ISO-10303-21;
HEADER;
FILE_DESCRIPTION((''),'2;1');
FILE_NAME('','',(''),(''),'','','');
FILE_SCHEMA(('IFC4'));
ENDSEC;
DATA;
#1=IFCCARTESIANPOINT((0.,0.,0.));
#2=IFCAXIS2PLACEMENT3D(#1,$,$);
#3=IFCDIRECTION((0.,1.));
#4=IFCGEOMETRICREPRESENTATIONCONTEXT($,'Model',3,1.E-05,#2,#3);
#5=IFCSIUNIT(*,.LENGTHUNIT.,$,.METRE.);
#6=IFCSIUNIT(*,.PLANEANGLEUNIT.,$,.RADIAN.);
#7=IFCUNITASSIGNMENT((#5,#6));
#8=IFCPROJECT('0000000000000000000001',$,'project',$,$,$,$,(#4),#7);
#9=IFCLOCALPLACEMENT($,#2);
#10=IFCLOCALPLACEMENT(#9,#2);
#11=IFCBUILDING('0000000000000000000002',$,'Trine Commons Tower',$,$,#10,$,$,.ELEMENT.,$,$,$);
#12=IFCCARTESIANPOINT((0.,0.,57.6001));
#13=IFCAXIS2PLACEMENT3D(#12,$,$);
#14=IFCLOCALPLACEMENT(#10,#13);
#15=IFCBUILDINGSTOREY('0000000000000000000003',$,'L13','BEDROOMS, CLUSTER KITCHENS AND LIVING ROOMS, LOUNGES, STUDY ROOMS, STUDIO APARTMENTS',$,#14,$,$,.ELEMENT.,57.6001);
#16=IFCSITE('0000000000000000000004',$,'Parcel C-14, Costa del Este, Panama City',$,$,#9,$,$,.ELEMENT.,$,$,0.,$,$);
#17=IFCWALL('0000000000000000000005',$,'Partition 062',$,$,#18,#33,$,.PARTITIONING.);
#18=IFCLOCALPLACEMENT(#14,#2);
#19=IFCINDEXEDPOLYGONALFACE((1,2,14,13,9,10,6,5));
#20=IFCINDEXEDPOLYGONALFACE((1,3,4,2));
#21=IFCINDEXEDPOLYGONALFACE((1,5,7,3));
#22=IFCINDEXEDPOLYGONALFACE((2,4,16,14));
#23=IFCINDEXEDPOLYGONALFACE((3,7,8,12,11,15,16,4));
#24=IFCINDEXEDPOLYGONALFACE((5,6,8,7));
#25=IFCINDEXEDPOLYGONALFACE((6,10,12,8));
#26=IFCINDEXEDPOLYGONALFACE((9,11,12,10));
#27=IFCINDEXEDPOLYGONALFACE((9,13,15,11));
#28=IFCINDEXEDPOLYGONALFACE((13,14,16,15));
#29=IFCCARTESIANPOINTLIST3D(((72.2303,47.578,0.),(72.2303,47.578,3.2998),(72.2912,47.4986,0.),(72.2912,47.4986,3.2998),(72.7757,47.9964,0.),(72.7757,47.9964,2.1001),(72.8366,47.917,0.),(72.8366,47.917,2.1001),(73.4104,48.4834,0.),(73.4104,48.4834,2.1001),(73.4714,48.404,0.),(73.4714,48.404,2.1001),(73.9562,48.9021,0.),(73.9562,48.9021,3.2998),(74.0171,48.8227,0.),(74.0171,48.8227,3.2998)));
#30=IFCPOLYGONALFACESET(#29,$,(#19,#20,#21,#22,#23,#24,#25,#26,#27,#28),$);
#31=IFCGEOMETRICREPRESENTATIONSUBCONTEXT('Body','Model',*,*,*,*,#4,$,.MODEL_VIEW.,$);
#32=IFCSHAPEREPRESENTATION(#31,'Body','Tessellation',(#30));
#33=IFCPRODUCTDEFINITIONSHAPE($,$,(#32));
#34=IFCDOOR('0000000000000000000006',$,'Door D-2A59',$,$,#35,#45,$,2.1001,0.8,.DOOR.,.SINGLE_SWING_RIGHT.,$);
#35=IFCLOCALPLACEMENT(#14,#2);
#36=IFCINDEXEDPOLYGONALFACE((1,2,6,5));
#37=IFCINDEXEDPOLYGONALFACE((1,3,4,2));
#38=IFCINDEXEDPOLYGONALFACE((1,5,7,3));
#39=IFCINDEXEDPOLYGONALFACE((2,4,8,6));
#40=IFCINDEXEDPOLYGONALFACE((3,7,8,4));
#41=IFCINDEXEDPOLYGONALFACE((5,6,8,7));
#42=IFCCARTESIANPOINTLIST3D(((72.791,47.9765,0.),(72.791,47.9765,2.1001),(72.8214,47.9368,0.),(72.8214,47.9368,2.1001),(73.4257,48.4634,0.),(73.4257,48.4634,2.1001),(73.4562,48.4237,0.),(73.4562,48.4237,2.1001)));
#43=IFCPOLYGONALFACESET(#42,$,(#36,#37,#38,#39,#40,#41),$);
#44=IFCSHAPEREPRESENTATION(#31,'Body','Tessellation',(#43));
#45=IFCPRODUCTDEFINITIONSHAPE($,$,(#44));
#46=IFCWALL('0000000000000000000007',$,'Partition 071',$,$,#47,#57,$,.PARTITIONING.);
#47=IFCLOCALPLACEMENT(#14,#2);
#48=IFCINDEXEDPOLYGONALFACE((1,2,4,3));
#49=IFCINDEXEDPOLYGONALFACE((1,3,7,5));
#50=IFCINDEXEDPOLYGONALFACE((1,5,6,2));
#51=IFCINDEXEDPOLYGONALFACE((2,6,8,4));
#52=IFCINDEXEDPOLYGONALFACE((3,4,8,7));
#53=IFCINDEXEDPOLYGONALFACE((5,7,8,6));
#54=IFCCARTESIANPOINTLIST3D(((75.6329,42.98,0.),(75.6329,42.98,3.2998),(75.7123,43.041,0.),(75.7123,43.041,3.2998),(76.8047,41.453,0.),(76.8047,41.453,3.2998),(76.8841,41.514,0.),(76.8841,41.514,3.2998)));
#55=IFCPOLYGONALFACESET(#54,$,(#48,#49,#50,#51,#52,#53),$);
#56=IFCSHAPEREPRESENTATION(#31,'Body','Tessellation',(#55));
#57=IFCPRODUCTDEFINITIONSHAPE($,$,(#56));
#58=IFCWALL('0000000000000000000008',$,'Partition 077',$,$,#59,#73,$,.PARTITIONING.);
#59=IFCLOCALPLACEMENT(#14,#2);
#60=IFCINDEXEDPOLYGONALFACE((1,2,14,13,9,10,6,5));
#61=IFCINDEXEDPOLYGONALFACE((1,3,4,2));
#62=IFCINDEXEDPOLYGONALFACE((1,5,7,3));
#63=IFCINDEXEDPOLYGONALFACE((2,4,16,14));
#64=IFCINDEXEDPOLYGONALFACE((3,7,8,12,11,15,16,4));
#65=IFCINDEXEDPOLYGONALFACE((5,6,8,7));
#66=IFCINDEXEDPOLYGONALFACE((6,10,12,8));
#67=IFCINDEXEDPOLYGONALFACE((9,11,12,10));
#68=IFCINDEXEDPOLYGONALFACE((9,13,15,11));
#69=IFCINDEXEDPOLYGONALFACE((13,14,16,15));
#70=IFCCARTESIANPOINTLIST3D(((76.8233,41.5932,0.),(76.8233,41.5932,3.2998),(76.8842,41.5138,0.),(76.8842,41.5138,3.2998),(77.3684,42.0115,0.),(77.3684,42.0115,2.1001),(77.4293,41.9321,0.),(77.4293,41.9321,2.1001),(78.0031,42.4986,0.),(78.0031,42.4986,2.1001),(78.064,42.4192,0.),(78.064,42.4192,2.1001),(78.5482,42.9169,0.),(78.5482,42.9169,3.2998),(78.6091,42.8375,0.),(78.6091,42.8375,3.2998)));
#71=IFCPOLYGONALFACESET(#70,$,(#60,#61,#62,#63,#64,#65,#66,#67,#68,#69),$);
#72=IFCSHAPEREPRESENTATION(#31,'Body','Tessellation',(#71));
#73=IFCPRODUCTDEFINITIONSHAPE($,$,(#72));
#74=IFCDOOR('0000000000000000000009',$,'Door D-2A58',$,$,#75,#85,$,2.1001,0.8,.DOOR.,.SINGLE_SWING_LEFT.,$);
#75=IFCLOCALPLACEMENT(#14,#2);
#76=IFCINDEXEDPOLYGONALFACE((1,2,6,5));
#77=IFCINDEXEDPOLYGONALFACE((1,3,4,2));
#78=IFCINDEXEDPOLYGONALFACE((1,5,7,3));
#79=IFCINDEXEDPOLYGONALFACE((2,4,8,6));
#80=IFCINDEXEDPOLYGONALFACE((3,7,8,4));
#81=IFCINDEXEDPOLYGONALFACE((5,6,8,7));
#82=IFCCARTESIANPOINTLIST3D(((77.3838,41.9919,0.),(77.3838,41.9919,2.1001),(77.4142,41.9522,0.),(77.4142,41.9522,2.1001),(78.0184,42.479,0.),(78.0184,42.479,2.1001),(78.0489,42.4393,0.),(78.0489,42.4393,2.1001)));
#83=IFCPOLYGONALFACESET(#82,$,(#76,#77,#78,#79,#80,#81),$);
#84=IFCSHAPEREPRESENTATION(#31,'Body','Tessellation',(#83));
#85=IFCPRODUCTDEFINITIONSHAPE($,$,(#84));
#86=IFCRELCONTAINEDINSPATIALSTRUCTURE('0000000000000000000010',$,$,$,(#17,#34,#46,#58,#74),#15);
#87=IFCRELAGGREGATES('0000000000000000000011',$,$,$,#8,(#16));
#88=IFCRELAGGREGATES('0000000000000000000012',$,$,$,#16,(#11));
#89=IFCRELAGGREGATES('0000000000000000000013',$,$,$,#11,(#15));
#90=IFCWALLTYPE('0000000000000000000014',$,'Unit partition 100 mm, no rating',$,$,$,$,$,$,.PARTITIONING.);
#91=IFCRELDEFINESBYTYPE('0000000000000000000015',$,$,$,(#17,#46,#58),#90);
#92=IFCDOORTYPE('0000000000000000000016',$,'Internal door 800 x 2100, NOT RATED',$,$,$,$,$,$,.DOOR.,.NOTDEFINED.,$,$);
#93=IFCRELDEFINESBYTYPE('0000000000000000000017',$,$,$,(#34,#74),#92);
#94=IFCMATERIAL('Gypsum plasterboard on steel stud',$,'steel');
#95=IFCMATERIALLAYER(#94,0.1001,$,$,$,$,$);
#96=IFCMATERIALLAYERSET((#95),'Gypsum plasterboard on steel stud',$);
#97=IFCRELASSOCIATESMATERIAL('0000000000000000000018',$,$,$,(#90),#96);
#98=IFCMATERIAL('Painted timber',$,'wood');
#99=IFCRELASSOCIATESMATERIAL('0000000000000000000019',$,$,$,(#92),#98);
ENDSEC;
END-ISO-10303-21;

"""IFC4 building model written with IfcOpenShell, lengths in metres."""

from ifc_helpers import new_model, si_unit, direction, frame, frame_2d, origin, place, context, subcontext, project, spatial, rectangle, extrude, material, layer, layer_set, type_object, element, fill, save


model = new_model("IFC4")

# Units and contexts
model_context = context("Model", 3, precision=1e-05, world=origin(), true_north=direction((0.0, 1.0)))
body_context = subcontext(model_context, "Body", "Model", "MODEL_VIEW")
ifc_project = project(units=[si_unit("LENGTHUNIT", "METRE"), si_unit("PLANEANGLEUNIT", "RADIAN")], contexts=[model_context])

# Site, building, storey
site_placement = place(None, origin())
site = spatial("IfcSite", under=ifc_project, at=site_placement, Name="Parcel C-14, Costa del Este, Panama City", CompositionType="ELEMENT", RefElevation=0.0)
building_placement = place(site_placement, origin())
building = spatial("IfcBuilding", under=site, at=building_placement, Name="Trine Commons Tower", CompositionType="ELEMENT")
storey_placement = place(building_placement, frame((0.0, 0.0, 57.6001)))
storey = spatial("IfcBuildingStorey", under=building, at=storey_placement, Name="L13", Description="BEDROOMS, CLUSTER KITCHENS AND LIVING ROOMS, LOUNGES, STUDY ROOMS, STUDIO APARTMENTS", CompositionType="ELEMENT", Elevation=57.6001)

# Shared definitions
ifc_material_1 = material(Name="Gypsum plasterboard on steel stud", Category="steel")

# Shared definitions
ifc_layer_1 = layer(ifc_material_1, 0.1001)
ifc_layer_set_1 = layer_set([ifc_layer_1], Name="Gypsum plasterboard on steel stud")
wall_type_1 = type_object("IfcWallType", Name="Unit partition 100 mm, no rating", PredefinedType="PARTITIONING", material=ifc_layer_set_1)

# Shared definitions
ifc_material_2 = material(Name="Painted timber", Category="wood")
door_type_1 = type_object("IfcDoorType", Name="Internal door 800 x 2100, NOT RATED", OperationType="NOTDEFINED", PredefinedType="DOOR", material=ifc_material_2)

# Wall, opening, door
wall_1_placement = place(storey_placement, frame((72.2607, 47.5383, 0.0), z_axis=(0.0, 0.0, 1.0), x_axis=(0.79342, 0.608674, 0.0)))
wall_1 = element("IfcWall", 1, at=wall_1_placement, inside=storey, type_object=wall_type_1, Name="Partition 062", PredefinedType="PARTITIONING", context=body_context, shape_type="SweptSolid", body=[
    extrude(rectangle(XDim=2.1753, YDim=0.1001, at=frame_2d((1.0876, 0.0))), origin(), (0.0, 0.0, 1.0), 3.2998),
])
opening_1_placement = place(wall_1_placement, frame((0.6875, 0.0, 0.0)))
opening_1 = element("IfcOpeningElement", 2, at=opening_1_placement, cuts=wall_1, PredefinedType="OPENING", context=body_context, shape_type="SweptSolid", body=[
    extrude(rectangle(XDim=0.8, YDim=2.1001, at=frame_2d((0.3999, 1.05))), frame((0.0, 0.0601, 0.0), z_axis=(0.0, -1.0, 0.0), x_axis=(1.0, 0.0, 0.0)), (0.0, 0.0, 1.0), 0.1201),
])
door_1_placement = place(opening_1_placement, origin())
door_1 = element("IfcDoor", 3, at=door_1_placement, inside=storey, type_object=door_type_1, Name="Door D-2A59", OperationType="SINGLE_SWING_RIGHT", OverallHeight=2.1001, OverallWidth=0.8, PredefinedType="DOOR", context=body_context, shape_type="SweptSolid", body=[
    extrude(rectangle(XDim=0.8, YDim=2.1001, at=frame_2d((0.3999, 1.05))), frame((0.0, 0.0249, 0.0), z_axis=(0.0, -1.0, 0.0), x_axis=(1.0, 0.0, 0.0)), (0.0, 0.0, 1.0), 0.05),
])
fill(opening_1, door_1)

# Wall
wall_2_placement = place(storey_placement, frame((75.6726, 43.0105, 0.0), z_axis=(0.0, 0.0, 1.0), x_axis=(0.608791, -0.793331, 0.0)))
element("IfcWall", 4, at=wall_2_placement, inside=storey, type_object=wall_type_1, Name="Partition 071", PredefinedType="PARTITIONING", context=body_context, shape_type="SweptSolid", body=[
    extrude(rectangle(XDim=1.9248, YDim=0.1001, at=frame_2d((0.9624, 0.0))), origin(), (0.0, 0.0, 1.0), 3.2998),
])

# Wall, opening, door
wall_3_placement = place(storey_placement, frame((76.8538, 41.5535, 0.0), z_axis=(0.0, 0.0, 1.0), x_axis=(0.793308, 0.60882, 0.0)))
wall_3 = element("IfcWall", 5, at=wall_3_placement, inside=storey, type_object=wall_type_1, Name="Partition 077", PredefinedType="PARTITIONING", context=body_context, shape_type="SweptSolid", body=[
    extrude(rectangle(XDim=2.1743, YDim=0.1001, at=frame_2d((1.0872, 0.0))), origin(), (0.0, 0.0, 1.0), 3.2998),
])
opening_2_placement = place(wall_3_placement, frame((0.6873, 0.0, 0.0)))
opening_2 = element("IfcOpeningElement", 6, at=opening_2_placement, cuts=wall_3, PredefinedType="OPENING", context=body_context, shape_type="SweptSolid", body=[
    extrude(rectangle(XDim=0.8, YDim=2.1001, at=frame_2d((0.3999, 1.05))), frame((0.0, 0.0601, 0.0), z_axis=(0.0, -1.0, 0.0), x_axis=(1.0, 0.0, 0.0)), (0.0, 0.0, 1.0), 0.1201),
])
door_2_placement = place(opening_2_placement, frame((0.8, 0.0, 0.0), z_axis=(0.0, 0.0, 1.0), x_axis=(-1.0, 0.0, 0.0)))
door_2 = element("IfcDoor", 7, at=door_2_placement, inside=storey, type_object=door_type_1, Name="Door D-2A58", OperationType="SINGLE_SWING_LEFT", OverallHeight=2.1001, OverallWidth=0.8, PredefinedType="DOOR", context=body_context, shape_type="SweptSolid", body=[
    extrude(rectangle(XDim=0.8, YDim=2.1001, at=frame_2d((0.3999, 1.05))), frame((0.0, 0.0249, 0.0), z_axis=(0.0, -1.0, 0.0), x_axis=(1.0, 0.0, 0.0)), (0.0, 0.0, 1.0), 0.05),
])
fill(opening_2, door_2)

save(model, "model.ifc")
